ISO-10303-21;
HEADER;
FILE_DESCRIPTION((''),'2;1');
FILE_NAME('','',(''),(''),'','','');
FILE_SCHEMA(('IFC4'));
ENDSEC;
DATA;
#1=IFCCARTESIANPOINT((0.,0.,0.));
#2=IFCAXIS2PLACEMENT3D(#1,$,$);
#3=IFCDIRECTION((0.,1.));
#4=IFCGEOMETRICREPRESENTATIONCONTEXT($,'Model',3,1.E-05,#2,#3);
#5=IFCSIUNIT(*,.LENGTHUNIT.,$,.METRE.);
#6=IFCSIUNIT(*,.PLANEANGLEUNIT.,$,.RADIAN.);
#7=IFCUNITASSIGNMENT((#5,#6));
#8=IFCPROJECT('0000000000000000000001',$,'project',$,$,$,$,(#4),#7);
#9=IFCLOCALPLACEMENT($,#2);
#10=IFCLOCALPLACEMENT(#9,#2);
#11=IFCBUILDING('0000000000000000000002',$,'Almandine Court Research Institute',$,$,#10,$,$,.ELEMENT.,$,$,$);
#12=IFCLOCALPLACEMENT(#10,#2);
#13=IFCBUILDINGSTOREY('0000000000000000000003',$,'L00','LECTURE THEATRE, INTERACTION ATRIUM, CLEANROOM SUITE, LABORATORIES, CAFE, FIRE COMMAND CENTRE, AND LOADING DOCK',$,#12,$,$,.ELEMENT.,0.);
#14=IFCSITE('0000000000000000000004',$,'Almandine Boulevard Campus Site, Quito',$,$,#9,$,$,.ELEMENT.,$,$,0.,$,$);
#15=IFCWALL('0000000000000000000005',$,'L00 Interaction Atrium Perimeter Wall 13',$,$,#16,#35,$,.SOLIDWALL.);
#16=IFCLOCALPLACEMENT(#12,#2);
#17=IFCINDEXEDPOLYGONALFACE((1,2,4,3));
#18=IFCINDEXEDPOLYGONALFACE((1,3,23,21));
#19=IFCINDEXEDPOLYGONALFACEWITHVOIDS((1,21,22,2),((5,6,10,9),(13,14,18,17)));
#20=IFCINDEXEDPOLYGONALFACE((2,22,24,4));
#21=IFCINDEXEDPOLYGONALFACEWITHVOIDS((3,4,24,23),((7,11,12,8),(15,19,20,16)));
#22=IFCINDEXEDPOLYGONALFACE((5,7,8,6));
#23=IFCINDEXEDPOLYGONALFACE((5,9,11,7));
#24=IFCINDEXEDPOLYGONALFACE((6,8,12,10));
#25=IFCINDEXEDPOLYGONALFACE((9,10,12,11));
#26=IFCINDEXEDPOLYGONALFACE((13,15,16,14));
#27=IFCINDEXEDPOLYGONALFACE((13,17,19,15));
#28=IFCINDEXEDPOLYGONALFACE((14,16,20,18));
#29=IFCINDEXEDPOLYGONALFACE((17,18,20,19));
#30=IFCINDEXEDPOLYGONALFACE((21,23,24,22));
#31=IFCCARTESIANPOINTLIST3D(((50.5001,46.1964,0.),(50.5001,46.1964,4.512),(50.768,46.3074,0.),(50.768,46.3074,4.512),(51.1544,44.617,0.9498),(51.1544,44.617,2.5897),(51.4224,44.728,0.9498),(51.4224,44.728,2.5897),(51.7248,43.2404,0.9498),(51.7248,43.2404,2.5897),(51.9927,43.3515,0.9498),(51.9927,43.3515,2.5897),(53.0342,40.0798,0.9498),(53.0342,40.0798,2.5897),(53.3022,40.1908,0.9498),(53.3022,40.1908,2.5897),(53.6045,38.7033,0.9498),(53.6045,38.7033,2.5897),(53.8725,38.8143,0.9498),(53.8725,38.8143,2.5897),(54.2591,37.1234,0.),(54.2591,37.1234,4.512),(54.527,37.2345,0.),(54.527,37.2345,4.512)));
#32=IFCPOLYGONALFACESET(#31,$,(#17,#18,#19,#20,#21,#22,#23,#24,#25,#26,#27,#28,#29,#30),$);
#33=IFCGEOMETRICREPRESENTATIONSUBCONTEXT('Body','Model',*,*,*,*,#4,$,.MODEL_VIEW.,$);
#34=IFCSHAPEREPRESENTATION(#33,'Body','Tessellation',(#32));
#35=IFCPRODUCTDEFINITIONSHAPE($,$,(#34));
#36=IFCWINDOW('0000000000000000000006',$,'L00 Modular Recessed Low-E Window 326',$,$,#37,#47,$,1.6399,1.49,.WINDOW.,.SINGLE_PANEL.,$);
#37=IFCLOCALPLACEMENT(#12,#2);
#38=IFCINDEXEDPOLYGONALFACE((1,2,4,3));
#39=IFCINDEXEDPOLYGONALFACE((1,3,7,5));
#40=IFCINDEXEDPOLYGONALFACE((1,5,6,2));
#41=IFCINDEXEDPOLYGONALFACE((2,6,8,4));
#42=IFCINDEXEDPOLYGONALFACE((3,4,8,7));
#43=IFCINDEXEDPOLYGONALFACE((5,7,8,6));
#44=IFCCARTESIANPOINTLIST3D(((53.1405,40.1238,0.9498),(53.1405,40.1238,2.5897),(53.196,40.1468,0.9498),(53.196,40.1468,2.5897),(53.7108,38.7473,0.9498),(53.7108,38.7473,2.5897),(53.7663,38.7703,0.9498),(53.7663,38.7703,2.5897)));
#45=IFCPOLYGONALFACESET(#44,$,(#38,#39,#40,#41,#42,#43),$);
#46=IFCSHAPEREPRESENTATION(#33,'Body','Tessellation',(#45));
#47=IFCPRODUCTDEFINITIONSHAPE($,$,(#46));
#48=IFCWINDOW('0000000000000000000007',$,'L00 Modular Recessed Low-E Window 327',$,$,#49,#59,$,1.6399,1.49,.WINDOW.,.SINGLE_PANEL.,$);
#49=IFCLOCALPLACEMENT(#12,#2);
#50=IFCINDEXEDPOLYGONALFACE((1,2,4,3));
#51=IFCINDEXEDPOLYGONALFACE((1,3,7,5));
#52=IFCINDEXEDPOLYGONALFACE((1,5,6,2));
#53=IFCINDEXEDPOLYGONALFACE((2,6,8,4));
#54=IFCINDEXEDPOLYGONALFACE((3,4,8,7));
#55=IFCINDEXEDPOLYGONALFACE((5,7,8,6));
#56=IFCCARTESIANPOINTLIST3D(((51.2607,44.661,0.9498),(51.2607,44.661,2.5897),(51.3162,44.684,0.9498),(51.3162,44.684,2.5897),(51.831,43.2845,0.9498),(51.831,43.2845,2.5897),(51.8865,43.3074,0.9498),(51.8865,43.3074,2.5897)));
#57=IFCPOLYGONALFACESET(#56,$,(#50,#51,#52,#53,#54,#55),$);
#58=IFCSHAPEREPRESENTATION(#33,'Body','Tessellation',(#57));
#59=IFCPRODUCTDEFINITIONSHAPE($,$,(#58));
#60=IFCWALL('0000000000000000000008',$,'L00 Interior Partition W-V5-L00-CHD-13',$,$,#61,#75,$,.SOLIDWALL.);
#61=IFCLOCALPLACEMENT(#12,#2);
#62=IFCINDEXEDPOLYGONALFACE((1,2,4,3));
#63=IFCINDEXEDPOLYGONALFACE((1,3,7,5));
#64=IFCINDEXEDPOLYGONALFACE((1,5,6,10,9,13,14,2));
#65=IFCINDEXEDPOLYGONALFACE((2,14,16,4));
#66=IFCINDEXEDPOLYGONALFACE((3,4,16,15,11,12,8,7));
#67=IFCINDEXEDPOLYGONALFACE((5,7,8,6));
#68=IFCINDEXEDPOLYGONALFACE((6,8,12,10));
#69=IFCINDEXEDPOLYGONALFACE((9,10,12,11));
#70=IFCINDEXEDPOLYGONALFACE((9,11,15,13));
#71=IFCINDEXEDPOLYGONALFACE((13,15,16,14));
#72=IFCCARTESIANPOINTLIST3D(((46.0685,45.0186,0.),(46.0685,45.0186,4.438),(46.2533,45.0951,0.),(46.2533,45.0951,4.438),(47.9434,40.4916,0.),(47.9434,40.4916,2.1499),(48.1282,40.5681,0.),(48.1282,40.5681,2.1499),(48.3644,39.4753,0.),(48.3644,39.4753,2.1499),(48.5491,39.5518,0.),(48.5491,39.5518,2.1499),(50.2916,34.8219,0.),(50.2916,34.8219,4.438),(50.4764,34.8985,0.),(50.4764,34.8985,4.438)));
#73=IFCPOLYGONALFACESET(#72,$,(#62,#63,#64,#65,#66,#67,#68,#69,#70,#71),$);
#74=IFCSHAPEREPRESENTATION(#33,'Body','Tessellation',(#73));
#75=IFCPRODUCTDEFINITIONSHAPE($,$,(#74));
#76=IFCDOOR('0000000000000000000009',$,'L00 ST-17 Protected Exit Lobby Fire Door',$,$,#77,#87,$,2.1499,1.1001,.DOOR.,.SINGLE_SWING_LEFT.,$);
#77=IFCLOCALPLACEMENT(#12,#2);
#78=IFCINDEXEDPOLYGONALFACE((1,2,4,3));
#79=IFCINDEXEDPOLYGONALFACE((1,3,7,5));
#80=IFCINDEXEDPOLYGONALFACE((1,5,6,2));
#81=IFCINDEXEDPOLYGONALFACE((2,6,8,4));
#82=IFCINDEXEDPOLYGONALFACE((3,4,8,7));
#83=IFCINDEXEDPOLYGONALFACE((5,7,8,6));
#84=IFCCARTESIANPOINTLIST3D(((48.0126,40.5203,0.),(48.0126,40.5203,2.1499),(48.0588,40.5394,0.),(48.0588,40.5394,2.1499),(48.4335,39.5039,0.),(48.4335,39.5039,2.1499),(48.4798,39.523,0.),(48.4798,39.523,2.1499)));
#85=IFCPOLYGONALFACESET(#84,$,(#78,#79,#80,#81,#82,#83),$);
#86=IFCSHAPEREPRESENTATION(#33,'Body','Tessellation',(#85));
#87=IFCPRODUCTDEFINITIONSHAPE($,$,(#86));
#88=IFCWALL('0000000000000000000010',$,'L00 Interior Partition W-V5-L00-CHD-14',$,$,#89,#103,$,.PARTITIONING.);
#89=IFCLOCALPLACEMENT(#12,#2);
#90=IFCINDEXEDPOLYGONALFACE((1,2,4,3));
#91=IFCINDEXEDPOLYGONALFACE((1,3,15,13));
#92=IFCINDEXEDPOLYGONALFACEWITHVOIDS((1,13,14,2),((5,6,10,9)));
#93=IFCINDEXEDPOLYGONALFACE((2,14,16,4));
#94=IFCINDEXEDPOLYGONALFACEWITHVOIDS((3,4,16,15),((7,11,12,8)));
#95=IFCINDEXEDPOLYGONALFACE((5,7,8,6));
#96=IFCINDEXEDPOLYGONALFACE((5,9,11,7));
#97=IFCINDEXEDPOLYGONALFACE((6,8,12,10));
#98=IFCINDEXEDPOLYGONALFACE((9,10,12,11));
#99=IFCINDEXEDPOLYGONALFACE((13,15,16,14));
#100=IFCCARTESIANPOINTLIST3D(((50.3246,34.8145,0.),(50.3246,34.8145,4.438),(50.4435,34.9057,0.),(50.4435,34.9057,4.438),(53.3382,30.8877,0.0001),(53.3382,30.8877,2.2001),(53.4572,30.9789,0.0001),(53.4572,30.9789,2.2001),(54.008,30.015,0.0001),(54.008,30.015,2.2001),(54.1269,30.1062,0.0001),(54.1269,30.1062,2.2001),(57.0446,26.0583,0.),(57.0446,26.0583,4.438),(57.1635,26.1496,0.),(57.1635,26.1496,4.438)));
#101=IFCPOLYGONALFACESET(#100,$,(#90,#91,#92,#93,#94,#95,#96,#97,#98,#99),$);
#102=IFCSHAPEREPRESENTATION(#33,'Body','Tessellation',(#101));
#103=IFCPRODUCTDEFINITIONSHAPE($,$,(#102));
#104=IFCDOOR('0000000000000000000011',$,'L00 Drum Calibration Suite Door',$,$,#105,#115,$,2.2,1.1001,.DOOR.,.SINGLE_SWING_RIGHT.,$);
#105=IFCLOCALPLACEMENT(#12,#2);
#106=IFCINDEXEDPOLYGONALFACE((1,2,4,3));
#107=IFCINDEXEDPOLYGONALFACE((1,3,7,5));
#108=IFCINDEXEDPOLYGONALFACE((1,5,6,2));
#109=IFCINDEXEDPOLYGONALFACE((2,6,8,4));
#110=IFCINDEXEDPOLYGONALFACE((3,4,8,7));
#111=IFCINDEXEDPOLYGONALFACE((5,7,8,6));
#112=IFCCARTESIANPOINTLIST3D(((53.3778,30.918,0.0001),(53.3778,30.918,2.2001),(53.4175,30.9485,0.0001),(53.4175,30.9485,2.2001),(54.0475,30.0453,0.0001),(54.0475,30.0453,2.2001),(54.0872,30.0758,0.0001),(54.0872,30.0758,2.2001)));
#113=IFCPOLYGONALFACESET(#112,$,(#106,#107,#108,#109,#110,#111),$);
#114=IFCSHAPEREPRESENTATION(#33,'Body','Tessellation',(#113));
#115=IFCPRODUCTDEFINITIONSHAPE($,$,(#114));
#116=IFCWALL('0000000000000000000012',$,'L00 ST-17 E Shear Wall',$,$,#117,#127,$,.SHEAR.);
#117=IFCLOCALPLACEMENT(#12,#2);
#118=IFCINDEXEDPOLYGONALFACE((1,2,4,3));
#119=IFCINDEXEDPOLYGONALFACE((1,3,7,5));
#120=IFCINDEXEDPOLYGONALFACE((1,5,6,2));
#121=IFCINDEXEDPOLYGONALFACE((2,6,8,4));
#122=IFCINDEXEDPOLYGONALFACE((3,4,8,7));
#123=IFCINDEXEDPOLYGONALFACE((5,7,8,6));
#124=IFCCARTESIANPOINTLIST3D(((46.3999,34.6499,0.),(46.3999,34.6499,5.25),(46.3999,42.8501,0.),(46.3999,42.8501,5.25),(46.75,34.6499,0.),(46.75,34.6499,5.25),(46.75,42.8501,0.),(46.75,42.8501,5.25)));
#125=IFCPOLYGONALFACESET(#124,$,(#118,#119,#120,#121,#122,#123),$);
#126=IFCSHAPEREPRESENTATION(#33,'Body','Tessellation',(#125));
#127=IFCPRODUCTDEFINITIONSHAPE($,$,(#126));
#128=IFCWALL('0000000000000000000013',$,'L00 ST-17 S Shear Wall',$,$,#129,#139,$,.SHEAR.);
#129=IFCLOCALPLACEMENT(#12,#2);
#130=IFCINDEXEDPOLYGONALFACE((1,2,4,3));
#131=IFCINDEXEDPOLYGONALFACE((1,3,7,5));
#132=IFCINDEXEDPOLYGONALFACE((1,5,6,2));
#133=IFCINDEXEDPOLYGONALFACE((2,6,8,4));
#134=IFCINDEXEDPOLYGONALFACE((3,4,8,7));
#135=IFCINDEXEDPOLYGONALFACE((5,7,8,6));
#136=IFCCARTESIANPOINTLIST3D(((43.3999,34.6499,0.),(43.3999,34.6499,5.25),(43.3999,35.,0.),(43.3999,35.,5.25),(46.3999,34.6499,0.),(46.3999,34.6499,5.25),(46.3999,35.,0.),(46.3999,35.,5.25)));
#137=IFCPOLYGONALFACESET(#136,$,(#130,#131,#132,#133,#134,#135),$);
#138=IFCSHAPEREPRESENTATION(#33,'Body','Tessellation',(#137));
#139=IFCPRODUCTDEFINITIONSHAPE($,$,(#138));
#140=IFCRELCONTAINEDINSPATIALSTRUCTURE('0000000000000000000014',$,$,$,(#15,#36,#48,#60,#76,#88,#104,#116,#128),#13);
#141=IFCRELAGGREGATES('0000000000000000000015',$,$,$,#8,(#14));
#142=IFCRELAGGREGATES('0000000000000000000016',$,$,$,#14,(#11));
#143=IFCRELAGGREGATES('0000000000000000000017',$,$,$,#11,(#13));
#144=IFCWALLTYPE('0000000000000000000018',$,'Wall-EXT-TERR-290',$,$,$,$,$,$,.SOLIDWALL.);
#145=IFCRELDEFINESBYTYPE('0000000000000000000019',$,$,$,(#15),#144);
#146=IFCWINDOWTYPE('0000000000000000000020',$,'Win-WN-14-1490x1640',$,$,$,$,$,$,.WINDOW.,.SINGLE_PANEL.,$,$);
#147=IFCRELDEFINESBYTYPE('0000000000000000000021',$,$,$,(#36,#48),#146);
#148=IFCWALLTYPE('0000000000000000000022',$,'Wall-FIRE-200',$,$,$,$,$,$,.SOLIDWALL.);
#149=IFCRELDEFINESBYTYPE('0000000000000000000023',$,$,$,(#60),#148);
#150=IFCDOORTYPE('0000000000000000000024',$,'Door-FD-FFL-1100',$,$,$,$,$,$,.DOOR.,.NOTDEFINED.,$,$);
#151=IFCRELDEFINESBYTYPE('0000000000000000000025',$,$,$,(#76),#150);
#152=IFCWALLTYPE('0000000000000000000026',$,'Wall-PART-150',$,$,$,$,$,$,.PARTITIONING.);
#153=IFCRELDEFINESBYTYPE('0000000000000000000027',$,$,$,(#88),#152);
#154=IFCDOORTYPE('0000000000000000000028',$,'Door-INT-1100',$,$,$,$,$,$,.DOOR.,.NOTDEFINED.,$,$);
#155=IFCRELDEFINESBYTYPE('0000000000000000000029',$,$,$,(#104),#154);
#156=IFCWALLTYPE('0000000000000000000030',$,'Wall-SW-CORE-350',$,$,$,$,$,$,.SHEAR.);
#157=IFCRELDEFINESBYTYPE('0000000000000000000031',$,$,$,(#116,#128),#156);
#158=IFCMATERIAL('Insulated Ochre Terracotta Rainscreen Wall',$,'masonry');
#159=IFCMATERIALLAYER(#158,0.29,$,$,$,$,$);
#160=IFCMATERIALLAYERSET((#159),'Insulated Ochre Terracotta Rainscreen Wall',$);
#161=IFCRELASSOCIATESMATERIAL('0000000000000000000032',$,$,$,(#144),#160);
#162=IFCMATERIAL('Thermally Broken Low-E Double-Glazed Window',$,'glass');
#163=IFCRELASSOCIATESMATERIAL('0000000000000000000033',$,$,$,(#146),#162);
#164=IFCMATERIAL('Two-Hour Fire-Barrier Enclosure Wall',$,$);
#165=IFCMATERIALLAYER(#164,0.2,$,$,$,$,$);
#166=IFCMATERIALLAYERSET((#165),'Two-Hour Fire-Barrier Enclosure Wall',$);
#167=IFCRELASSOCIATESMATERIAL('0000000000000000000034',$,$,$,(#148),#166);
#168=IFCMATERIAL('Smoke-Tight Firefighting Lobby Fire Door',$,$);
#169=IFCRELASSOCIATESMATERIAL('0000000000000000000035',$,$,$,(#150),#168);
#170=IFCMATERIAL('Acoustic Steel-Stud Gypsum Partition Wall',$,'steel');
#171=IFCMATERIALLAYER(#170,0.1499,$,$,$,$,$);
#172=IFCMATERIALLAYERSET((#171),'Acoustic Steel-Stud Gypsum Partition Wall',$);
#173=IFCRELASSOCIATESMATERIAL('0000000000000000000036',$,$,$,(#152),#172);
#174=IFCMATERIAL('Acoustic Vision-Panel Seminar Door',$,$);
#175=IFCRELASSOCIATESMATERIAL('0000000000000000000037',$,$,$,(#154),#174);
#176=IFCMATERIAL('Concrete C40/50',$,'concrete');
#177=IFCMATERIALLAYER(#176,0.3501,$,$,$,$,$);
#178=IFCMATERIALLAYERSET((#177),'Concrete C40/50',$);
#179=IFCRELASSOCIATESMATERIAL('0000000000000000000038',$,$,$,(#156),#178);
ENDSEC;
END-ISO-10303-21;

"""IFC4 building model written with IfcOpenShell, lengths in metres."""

from ifc_helpers import new_model, si_unit, direction, frame, frame_2d, origin, place, context, subcontext, project, spatial, rectangle, extrude, material, layer, layer_set, type_object, element, fill, save


model = new_model("IFC4")

# Units and contexts
model_context = context("Model", 3, precision=1e-05, world=origin(), true_north=direction((0.0, 1.0)))
body_context = subcontext(model_context, "Body", "Model", "MODEL_VIEW")
ifc_project = project(units=[si_unit("LENGTHUNIT", "METRE"), si_unit("PLANEANGLEUNIT", "RADIAN")], contexts=[model_context])

# Site, building, storey
site_placement = place(None, origin())
site = spatial("IfcSite", under=ifc_project, at=site_placement, Name="Almandine Boulevard Campus Site, Quito", CompositionType="ELEMENT", RefElevation=0.0)
building_placement = place(site_placement, origin())
building = spatial("IfcBuilding", under=site, at=building_placement, Name="Almandine Court Research Institute", CompositionType="ELEMENT")
storey_placement = place(building_placement, origin())
storey = spatial("IfcBuildingStorey", under=building, at=storey_placement, Name="L00", Description="LECTURE THEATRE, INTERACTION ATRIUM, CLEANROOM SUITE, LABORATORIES, CAFE, FIRE COMMAND CENTRE, AND LOADING DOCK", CompositionType="ELEMENT", Elevation=0.0)

# Shared definitions
ifc_material_1 = material(Name="Insulated Ochre Terracotta Rainscreen Wall", Category="masonry")
ifc_layer_1 = layer(ifc_material_1, 0.29)
ifc_layer_set_1 = layer_set([ifc_layer_1], Name="Insulated Ochre Terracotta Rainscreen Wall")
wall_type_1 = type_object("IfcWallType", Name="Wall-EXT-TERR-290", PredefinedType="SOLIDWALL", material=ifc_layer_set_1)
ifc_material_2 = material(Name="Thermally Broken Low-E Double-Glazed Window", Category="glass")

# Wall, openings, windows
wall_1_placement = place(storey_placement, frame((54.3931, 37.179, 0.0), z_axis=(0.0, 0.0, 1.0), x_axis=(-0.382759, 0.923848, 0.0)))
wall_1 = element("IfcWall", 1, at=wall_1_placement, inside=storey, type_object=wall_type_1, Name="L00 Interaction Atrium Perimeter Wall 13", PredefinedType="SOLIDWALL", context=body_context, shape_type="SweptSolid", body=[
    extrude(rectangle(XDim=9.8208, YDim=0.29, at=frame_2d((4.9104, 0.0))), origin(), (0.0, 0.0, 1.0), 4.512),
])
opening_1_placement = place(wall_1_placement, frame((1.71, 0.0, 0.95)))
opening_1 = element("IfcOpeningElement", 2, at=opening_1_placement, cuts=wall_1, PredefinedType="OPENING", context=body_context, shape_type="SweptSolid", body=[
    extrude(rectangle(XDim=1.49, YDim=1.6399, at=frame_2d((0.7451, 0.8198))), frame((0.0, 0.155, 0.0), z_axis=(0.0, -1.0, 0.0), x_axis=(1.0, 0.0, 0.0)), (0.0, 0.0, 1.0), 0.3101),
])
opening_2_placement = place(wall_1_placement, frame((6.6211, 0.0, 0.95)))
opening_2 = element("IfcOpeningElement", 3, at=opening_2_placement, cuts=wall_1, PredefinedType="OPENING", context=body_context, shape_type="SweptSolid", body=[
    extrude(rectangle(XDim=1.49, YDim=1.6399, at=frame_2d((0.7451, 0.8198))), frame((0.0, 0.155, 0.0), z_axis=(0.0, -1.0, 0.0), x_axis=(1.0, 0.0, 0.0)), (0.0, 0.0, 1.0), 0.3101),
])
window_type_1 = type_object("IfcWindowType", Name="Win-WN-14-1490x1640", PartitioningType="SINGLE_PANEL", PredefinedType="WINDOW", material=ifc_material_2)
window_1_placement = place(opening_1_placement, origin())
window_1 = element("IfcWindow", 4, at=window_1_placement, inside=storey, type_object=window_type_1, Name="L00 Modular Recessed Low-E Window 326", OverallHeight=1.6399, OverallWidth=1.49, PartitioningType="SINGLE_PANEL", PredefinedType="WINDOW", context=body_context, shape_type="SweptSolid", body=[
    extrude(rectangle(XDim=1.49, YDim=1.6399, at=frame_2d((0.7451, 0.8198))), frame((0.0, 0.03, 0.0), z_axis=(0.0, -1.0, 0.0), x_axis=(1.0, 0.0, 0.0)), (0.0, 0.0, 1.0), 0.0601),
])
fill(opening_1, window_1)
window_2_placement = place(opening_2_placement, origin())
window_2 = element("IfcWindow", 5, at=window_2_placement, inside=storey, type_object=window_type_1, Name="L00 Modular Recessed Low-E Window 327", OverallHeight=1.6399, OverallWidth=1.49, PartitioningType="SINGLE_PANEL", PredefinedType="WINDOW", context=body_context, shape_type="SweptSolid", body=[
    extrude(rectangle(XDim=1.49, YDim=1.6399, at=frame_2d((0.7451, 0.8198))), frame((0.0, 0.03, 0.0), z_axis=(0.0, -1.0, 0.0), x_axis=(1.0, 0.0, 0.0)), (0.0, 0.0, 1.0), 0.0601),
])
fill(opening_2, window_2)

# Walls, openings, doors
ifc_material_3 = material(Name="Two-Hour Fire-Barrier Enclosure Wall")
ifc_layer_2 = layer(ifc_material_3, 0.2)
ifc_layer_set_2 = layer_set([ifc_layer_2], Name="Two-Hour Fire-Barrier Enclosure Wall")
wall_type_2 = type_object("IfcWallType", Name="Wall-FIRE-200", PredefinedType="SOLIDWALL", material=ifc_layer_set_2)
wall_2_placement = place(storey_placement, frame((46.1609, 45.0569, 0.0), z_axis=(0.0, 0.0, 1.0), x_axis=(0.382645, -0.923896, 0.0)))
wall_2 = element("IfcWall", 6, at=wall_2_placement, inside=storey, type_object=wall_type_2, Name="L00 Interior Partition W-V5-L00-CHD-13", PredefinedType="SOLIDWALL", context=body_context, shape_type="SweptSolid", body=[
    extrude(rectangle(XDim=11.0366, YDim=0.2, at=frame_2d((5.5183, 0.0))), origin(), (0.0, 0.0, 1.0), 4.438),
])
opening_3_placement = place(wall_2_placement, frame((4.8999, 0.0, 0.0)))
opening_3 = element("IfcOpeningElement", 7, at=opening_3_placement, cuts=wall_2, PredefinedType="OPENING", context=body_context, shape_type="SweptSolid", body=[
    extrude(rectangle(XDim=1.1001, YDim=2.1499, at=frame_2d((0.55, 1.075))), frame((0.0, 0.1099, 0.0), z_axis=(0.0, -1.0, 0.0), x_axis=(1.0, 0.0, 0.0)), (0.0, 0.0, 1.0), 0.22),
])
ifc_material_4 = material(Name="Smoke-Tight Firefighting Lobby Fire Door")
door_type_1 = type_object("IfcDoorType", Name="Door-FD-FFL-1100", OperationType="NOTDEFINED", PredefinedType="DOOR", material=ifc_material_4)
door_1_placement = place(opening_3_placement, origin())
door_1 = element("IfcDoor", 8, at=door_1_placement, inside=storey, type_object=door_type_1, Name="L00 ST-17 Protected Exit Lobby Fire Door", OperationType="SINGLE_SWING_LEFT", OverallHeight=2.1499, OverallWidth=1.1001, PredefinedType="DOOR", context=body_context, shape_type="SweptSolid", body=[
    extrude(rectangle(XDim=1.1001, YDim=2.1499, at=frame_2d((0.55, 1.075))), frame((0.0, 0.0249, 0.0), z_axis=(0.0, -1.0, 0.0), x_axis=(1.0, 0.0, 0.0)), (0.0, 0.0, 1.0), 0.05),
])
fill(opening_3, door_1)
ifc_material_5 = material(Name="Acoustic Steel-Stud Gypsum Partition Wall", Category="steel")
ifc_layer_3 = layer(ifc_material_5, 0.1499)
ifc_layer_set_3 = layer_set([ifc_layer_3], Name="Acoustic Steel-Stud Gypsum Partition Wall")
wall_type_3 = type_object("IfcWallType", Name="Wall-PART-150", PredefinedType="PARTITIONING", material=ifc_layer_set_3)
wall_3_placement = place(storey_placement, frame((50.384, 34.8601, 0.0), z_axis=(0.0, 0.0, 1.0), x_axis=(0.608828, -0.793302, 0.0)))
wall_3 = element("IfcWall", 9, at=wall_3_placement, inside=storey, type_object=wall_type_3, Name="L00 Interior Partition W-V5-L00-CHD-14", PredefinedType="PARTITIONING", context=body_context, shape_type="SweptSolid", body=[
    extrude(rectangle(XDim=11.0376, YDim=0.1499, at=frame_2d((5.5188, 0.0))), origin(), (0.0, 0.0, 1.0), 4.438),
])
opening_4_placement = place(wall_3_placement, frame((4.95, 0.0, 0.0)))
opening_4 = element("IfcOpeningElement", 10, at=opening_4_placement, cuts=wall_3, PredefinedType="OPENING", context=body_context, shape_type="SweptSolid", body=[
    extrude(rectangle(XDim=1.1001, YDim=2.2, at=frame_2d((0.55, 1.1001))), frame((0.0, 0.085, 0.0), z_axis=(0.0, -1.0, 0.0), x_axis=(1.0, 0.0, 0.0)), (0.0, 0.0, 1.0), 0.1699),
])
ifc_material_6 = material(Name="Acoustic Vision-Panel Seminar Door")
door_type_2 = type_object("IfcDoorType", Name="Door-INT-1100", OperationType="NOTDEFINED", PredefinedType="DOOR", material=ifc_material_6)
door_2_placement = place(opening_4_placement, origin())
door_2 = element("IfcDoor", 11, at=door_2_placement, inside=storey, type_object=door_type_2, Name="L00 Drum Calibration Suite Door", OperationType="SINGLE_SWING_RIGHT", OverallHeight=2.2, OverallWidth=1.1001, PredefinedType="DOOR", context=body_context, shape_type="SweptSolid", body=[
    extrude(rectangle(XDim=1.1001, YDim=2.2, at=frame_2d((0.55, 1.1001))), frame((0.0, 0.0249, 0.0), z_axis=(0.0, -1.0, 0.0), x_axis=(1.0, 0.0, 0.0)), (0.0, 0.0, 1.0), 0.05),
])
fill(opening_4, door_2)

# Walls
ifc_material_7 = material(Name="Concrete C40/50", Category="concrete")
ifc_layer_4 = layer(ifc_material_7, 0.3501)
ifc_layer_set_4 = layer_set([ifc_layer_4], Name="Concrete C40/50")
wall_type_4 = type_object("IfcWallType", Name="Wall-SW-CORE-350", PredefinedType="SHEAR", material=ifc_layer_set_4)
wall_4_placement = place(storey_placement, frame((46.575, 42.8501, 0.0), z_axis=(0.0, 0.0, 1.0), x_axis=(0.0, -1.0, 0.0)))
element("IfcWall", 12, at=wall_4_placement, inside=storey, type_object=wall_type_4, Name="L00 ST-17 E Shear Wall", PredefinedType="SHEAR", context=body_context, shape_type="SweptSolid", body=[
    extrude(rectangle(XDim=8.2002, YDim=0.3501, at=frame_2d((4.1001, 0.0))), origin(), (0.0, 0.0, 1.0), 5.25),
])
wall_5_placement = place(storey_placement, frame((46.3999, 34.825, 0.0), z_axis=(0.0, 0.0, 1.0), x_axis=(-1.0, 0.0, 0.0)))
element("IfcWall", 13, at=wall_5_placement, inside=storey, type_object=wall_type_4, Name="L00 ST-17 S Shear Wall", PredefinedType="SHEAR", context=body_context, shape_type="SweptSolid", body=[
    extrude(rectangle(XDim=3.0, YDim=0.3501, at=frame_2d((1.5, 0.0))), origin(), (0.0, 0.0, 1.0), 5.25),
])

save(model, "model.ifc")
